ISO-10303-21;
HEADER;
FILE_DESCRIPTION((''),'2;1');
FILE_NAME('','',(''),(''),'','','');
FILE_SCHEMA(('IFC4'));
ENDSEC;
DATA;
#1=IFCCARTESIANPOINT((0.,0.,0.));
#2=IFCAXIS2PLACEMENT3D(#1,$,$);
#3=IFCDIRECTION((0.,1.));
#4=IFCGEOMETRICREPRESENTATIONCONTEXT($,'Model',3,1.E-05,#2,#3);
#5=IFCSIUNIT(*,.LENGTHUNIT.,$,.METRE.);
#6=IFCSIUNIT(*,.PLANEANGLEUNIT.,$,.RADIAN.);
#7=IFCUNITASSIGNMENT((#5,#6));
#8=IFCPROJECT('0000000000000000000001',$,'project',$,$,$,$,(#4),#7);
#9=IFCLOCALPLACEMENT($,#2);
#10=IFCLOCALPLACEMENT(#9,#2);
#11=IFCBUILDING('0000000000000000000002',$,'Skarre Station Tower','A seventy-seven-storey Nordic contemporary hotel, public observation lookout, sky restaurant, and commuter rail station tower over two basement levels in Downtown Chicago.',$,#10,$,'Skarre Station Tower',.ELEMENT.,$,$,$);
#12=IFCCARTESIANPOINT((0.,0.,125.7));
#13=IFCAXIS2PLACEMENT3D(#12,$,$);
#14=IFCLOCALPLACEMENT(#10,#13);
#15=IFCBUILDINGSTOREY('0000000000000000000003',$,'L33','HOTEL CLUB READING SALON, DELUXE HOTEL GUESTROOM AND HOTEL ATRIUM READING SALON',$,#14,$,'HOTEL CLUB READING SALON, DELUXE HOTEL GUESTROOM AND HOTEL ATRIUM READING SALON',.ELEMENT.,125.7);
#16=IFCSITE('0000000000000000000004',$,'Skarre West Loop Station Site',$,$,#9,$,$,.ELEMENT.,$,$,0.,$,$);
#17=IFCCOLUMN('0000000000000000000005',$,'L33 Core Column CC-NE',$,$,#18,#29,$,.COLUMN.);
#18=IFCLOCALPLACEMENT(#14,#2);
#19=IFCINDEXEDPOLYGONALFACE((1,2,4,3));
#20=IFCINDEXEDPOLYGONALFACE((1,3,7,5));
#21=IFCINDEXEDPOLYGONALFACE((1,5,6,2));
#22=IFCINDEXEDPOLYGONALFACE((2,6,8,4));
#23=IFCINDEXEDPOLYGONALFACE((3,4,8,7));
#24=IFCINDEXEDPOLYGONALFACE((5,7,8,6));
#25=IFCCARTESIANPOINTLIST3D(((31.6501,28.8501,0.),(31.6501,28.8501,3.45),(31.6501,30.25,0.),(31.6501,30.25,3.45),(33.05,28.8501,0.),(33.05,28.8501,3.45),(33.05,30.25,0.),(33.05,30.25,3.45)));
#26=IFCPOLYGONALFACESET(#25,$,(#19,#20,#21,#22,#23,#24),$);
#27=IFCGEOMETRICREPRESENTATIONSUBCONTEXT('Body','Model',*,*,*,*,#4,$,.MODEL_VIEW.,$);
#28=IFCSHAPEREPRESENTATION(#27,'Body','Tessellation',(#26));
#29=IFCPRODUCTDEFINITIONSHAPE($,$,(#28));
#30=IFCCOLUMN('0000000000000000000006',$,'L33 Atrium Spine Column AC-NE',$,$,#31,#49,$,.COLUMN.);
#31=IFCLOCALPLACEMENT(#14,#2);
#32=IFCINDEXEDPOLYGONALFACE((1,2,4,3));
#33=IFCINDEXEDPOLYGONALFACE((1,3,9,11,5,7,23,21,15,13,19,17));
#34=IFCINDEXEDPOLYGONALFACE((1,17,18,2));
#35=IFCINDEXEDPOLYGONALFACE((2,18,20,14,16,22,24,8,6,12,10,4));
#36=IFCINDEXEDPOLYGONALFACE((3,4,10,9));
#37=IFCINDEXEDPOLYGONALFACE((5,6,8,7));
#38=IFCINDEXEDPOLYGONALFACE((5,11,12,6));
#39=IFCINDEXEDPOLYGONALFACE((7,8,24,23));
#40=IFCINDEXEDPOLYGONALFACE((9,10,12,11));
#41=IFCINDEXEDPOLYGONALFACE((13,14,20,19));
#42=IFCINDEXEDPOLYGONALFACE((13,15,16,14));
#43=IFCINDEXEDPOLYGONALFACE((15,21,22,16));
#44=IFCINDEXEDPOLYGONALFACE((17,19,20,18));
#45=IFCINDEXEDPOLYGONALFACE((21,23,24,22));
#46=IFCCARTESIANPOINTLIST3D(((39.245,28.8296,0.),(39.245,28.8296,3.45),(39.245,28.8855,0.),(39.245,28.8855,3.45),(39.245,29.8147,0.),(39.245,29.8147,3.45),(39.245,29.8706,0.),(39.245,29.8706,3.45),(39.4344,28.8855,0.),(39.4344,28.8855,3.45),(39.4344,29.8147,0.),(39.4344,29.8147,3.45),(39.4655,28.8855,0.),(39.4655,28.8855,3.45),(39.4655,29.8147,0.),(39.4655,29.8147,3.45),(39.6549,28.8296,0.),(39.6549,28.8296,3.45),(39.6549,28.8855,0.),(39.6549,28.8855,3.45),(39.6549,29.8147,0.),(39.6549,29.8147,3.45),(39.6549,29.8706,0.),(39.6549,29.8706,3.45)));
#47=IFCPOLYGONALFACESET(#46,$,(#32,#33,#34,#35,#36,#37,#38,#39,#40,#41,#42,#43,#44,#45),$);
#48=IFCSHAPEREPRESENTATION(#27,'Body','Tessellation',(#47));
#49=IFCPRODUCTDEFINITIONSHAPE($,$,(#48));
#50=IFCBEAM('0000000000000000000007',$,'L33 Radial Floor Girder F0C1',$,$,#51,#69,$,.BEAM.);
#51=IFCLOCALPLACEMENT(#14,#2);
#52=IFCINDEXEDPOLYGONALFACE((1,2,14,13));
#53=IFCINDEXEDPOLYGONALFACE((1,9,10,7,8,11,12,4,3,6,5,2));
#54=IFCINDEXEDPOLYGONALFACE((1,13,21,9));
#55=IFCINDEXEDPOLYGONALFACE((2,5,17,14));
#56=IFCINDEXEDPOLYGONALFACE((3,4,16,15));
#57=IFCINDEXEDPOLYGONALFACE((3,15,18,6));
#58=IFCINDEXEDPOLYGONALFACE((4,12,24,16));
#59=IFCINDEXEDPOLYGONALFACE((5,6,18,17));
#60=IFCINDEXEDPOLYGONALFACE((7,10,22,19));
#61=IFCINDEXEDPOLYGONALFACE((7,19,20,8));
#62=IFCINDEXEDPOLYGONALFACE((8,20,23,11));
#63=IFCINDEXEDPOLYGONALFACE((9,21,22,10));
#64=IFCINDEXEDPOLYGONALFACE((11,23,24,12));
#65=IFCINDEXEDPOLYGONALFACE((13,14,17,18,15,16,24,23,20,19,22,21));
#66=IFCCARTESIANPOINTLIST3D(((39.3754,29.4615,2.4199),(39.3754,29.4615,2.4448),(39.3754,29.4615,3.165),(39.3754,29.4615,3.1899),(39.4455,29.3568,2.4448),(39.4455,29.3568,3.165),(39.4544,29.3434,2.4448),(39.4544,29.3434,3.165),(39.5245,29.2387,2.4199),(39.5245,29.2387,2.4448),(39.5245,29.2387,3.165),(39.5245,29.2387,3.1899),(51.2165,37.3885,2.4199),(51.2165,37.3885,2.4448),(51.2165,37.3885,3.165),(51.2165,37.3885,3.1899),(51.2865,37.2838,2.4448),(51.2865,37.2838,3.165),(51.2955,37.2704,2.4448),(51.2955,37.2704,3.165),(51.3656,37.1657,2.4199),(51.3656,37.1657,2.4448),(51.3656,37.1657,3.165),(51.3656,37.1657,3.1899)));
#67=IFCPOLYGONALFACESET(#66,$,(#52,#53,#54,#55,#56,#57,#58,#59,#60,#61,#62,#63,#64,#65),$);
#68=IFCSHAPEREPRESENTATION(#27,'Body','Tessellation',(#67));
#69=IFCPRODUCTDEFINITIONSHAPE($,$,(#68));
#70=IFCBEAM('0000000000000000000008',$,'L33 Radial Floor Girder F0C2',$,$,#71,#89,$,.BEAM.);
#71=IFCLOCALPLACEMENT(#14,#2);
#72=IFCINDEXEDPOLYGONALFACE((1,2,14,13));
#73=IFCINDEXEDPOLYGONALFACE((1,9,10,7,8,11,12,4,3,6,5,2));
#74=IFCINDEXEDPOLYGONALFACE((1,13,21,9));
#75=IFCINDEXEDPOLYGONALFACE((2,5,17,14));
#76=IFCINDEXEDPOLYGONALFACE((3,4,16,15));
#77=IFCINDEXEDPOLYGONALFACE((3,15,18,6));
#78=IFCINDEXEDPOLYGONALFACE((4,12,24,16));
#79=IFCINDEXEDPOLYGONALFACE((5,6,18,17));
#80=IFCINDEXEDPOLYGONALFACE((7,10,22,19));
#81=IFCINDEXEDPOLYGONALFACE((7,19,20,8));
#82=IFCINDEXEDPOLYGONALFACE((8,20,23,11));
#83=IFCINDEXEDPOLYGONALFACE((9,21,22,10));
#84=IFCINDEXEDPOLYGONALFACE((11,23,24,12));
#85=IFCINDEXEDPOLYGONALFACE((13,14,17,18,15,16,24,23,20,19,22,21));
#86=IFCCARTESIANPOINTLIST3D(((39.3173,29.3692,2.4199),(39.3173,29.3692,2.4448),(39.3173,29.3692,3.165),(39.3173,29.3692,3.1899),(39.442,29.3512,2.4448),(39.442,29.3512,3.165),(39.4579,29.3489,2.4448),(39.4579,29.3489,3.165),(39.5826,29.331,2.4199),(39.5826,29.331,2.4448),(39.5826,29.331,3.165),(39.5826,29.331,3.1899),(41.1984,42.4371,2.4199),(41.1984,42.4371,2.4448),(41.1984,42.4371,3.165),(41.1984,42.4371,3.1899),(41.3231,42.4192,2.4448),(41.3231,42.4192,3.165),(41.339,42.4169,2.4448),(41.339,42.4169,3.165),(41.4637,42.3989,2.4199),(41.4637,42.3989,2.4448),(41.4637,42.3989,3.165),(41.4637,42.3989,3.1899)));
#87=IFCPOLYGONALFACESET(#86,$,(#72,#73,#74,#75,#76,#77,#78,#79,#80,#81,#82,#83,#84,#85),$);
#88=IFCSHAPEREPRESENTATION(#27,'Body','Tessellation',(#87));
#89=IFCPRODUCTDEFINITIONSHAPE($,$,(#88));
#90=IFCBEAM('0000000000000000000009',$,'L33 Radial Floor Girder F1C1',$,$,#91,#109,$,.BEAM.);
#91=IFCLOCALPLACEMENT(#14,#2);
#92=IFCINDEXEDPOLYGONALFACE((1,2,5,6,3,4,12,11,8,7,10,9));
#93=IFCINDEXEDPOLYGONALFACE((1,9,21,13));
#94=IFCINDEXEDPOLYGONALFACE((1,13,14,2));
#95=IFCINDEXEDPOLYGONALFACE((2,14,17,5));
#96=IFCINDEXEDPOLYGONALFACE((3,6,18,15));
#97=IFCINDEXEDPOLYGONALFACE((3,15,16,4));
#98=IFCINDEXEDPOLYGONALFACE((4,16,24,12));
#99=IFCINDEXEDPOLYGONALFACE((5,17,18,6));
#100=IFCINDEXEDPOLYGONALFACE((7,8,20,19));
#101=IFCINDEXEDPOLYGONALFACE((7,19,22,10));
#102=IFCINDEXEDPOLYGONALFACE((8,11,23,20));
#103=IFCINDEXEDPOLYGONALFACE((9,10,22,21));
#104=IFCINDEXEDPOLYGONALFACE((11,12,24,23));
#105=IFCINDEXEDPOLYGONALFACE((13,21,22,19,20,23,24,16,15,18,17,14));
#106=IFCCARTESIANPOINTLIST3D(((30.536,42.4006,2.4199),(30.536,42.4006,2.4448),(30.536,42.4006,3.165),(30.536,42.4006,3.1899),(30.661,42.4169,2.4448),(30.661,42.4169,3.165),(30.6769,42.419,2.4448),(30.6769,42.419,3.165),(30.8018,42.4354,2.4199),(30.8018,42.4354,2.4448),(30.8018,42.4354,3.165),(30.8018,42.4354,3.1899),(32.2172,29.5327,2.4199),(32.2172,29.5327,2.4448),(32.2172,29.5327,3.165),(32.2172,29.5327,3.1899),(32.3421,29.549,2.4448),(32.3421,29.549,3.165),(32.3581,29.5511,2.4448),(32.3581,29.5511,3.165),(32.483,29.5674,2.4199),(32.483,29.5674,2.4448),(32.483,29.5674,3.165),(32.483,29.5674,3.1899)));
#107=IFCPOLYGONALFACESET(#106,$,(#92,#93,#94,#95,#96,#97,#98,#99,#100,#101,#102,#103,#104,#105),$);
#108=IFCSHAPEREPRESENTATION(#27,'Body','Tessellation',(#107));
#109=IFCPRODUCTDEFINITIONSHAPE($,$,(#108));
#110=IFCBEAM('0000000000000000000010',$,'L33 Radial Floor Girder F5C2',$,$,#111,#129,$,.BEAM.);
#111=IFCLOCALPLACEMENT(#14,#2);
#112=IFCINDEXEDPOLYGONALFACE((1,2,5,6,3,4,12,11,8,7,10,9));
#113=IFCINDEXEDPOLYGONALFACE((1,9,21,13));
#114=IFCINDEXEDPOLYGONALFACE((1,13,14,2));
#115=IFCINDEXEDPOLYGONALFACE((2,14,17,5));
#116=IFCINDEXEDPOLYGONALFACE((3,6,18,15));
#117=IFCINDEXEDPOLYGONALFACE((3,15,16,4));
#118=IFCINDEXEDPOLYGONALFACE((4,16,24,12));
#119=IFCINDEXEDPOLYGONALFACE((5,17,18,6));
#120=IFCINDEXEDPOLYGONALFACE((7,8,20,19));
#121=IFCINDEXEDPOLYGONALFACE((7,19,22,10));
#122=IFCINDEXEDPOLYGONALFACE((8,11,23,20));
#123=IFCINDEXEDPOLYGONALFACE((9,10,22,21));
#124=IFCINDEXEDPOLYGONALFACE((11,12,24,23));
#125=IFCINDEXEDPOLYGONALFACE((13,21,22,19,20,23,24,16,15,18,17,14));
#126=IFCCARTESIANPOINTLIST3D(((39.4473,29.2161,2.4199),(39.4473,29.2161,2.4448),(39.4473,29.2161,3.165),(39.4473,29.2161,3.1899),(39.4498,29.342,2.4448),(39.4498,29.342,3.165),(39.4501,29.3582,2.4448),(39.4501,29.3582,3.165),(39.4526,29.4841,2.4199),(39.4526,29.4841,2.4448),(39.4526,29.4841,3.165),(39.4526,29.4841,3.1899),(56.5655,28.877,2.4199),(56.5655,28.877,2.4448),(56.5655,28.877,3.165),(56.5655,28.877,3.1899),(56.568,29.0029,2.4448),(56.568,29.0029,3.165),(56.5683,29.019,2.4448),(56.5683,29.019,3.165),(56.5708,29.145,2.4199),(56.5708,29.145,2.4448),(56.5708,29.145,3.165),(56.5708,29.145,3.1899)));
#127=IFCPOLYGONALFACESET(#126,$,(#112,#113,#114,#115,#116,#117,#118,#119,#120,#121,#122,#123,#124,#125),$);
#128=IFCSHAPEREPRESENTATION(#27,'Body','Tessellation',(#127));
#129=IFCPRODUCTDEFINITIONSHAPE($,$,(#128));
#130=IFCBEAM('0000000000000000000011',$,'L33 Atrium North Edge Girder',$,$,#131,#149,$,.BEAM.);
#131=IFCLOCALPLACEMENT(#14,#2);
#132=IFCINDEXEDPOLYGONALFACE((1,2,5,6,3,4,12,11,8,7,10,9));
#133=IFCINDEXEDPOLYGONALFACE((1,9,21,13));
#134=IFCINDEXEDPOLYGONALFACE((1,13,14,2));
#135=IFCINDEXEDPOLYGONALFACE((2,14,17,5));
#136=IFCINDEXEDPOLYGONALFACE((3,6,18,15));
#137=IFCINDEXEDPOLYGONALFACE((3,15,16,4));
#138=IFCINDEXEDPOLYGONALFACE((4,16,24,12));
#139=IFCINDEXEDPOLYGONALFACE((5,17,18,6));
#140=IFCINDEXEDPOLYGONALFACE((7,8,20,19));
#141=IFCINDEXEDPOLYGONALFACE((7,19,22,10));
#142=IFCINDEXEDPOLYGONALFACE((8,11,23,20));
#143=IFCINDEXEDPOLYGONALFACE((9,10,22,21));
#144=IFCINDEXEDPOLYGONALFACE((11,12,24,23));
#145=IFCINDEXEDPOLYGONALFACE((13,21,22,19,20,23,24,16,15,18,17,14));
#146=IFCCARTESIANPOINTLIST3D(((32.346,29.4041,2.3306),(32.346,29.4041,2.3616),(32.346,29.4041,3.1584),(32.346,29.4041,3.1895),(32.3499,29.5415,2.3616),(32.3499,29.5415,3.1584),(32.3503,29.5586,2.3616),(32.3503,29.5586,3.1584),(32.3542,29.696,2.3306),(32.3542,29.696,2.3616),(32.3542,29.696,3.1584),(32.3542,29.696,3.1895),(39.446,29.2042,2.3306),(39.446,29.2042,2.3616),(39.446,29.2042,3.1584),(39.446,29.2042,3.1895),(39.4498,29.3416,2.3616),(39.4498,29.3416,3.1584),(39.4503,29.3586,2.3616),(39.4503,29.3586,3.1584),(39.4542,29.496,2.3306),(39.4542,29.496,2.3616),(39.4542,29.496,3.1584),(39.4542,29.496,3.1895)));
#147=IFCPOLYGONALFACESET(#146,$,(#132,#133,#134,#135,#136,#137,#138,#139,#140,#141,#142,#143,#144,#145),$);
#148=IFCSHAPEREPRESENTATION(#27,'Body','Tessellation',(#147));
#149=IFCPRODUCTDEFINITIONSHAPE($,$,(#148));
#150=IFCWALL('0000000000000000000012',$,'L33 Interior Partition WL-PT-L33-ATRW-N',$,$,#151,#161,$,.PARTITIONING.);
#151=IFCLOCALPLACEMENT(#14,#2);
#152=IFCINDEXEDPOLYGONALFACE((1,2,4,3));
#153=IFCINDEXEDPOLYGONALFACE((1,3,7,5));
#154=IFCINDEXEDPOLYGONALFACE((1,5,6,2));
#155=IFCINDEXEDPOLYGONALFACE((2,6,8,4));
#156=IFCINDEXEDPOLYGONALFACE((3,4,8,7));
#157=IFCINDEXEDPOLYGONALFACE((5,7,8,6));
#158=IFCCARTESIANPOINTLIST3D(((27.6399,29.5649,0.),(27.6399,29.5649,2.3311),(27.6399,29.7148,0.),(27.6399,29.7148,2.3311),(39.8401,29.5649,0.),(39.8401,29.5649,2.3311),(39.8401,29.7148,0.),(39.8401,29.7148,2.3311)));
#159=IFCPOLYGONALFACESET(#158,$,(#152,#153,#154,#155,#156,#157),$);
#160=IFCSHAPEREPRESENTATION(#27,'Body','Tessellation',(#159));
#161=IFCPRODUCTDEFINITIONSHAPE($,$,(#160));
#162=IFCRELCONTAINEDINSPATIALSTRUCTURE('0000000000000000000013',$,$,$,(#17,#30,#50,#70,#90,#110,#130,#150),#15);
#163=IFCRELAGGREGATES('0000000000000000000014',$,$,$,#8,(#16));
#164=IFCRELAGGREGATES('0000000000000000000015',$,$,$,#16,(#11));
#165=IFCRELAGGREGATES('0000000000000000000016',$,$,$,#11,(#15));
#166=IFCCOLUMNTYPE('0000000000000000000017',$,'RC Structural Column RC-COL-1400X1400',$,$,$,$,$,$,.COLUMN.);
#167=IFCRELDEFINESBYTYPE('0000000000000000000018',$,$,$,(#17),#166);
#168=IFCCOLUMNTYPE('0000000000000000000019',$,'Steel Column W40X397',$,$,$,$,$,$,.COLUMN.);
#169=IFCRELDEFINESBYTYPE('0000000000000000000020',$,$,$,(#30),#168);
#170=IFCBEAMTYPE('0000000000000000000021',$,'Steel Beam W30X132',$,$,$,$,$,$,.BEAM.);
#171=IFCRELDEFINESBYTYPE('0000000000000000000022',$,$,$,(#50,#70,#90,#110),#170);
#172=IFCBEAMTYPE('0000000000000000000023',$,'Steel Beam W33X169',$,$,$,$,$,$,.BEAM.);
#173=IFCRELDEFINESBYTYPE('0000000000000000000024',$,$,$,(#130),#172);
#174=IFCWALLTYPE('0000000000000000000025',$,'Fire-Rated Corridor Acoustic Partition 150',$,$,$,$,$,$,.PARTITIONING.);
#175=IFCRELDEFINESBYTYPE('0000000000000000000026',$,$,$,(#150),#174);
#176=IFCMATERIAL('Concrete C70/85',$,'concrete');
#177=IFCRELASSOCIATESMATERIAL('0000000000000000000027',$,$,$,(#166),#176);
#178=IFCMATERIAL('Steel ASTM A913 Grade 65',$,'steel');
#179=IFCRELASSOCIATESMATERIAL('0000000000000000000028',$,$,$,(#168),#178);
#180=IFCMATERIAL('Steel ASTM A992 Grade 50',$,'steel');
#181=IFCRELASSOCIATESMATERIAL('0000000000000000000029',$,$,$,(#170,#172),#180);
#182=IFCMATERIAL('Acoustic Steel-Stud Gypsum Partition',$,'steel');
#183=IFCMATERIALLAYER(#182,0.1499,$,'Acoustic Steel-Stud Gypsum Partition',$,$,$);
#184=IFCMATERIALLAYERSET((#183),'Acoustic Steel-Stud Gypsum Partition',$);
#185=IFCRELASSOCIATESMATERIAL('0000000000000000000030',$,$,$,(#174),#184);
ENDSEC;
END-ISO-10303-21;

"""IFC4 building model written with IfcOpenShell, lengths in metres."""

from ifc_helpers import new_model, si_unit, direction, frame, frame_2d, origin, origin_2d, place, context, subcontext, project, spatial, rectangle, i_section, extrude, material, layer, layer_set, material_profile, profile_set, type_object, element, save


model = new_model("IFC4")

# Units and contexts
model_context = context("Model", 3, precision=1e-05, world=origin(), true_north=direction((0.0, 1.0)))
body_context = subcontext(model_context, "Body", "Model", "MODEL_VIEW")
ifc_project = project(units=[si_unit("LENGTHUNIT", "METRE"), si_unit("PLANEANGLEUNIT", "RADIAN")], contexts=[model_context])

# Site, building, storey
site_placement = place(None, origin())
site = spatial("IfcSite", under=ifc_project, at=site_placement, Name="Skarre West Loop Station Site", CompositionType="ELEMENT", RefElevation=0.0)
building_placement = place(site_placement, origin())
building = spatial("IfcBuilding", under=site, at=building_placement, Name="Skarre Station Tower", Description="A seventy-seven-storey Nordic contemporary hotel, public observation lookout, sky restaurant, and commuter rail station tower over two basement levels in Downtown Chicago.", LongName="Skarre Station Tower", CompositionType="ELEMENT")
storey_placement = place(building_placement, frame((0.0, 0.0, 125.7)))
storey = spatial("IfcBuildingStorey", under=building, at=storey_placement, Name="L33", Description="HOTEL CLUB READING SALON, DELUXE HOTEL GUESTROOM AND HOTEL ATRIUM READING SALON", LongName="HOTEL CLUB READING SALON, DELUXE HOTEL GUESTROOM AND HOTEL ATRIUM READING SALON", CompositionType="ELEMENT", Elevation=125.7)

# Columns
ifc_material_1 = material(Name="Concrete C70/85", Category="concrete")
ifc_material_profile_1 = material_profile(ifc_material_1, rectangle(XDim=1.3999, YDim=1.3999, at=origin_2d()), Name="Concrete C70/85")
ifc_profile_set_1 = profile_set([ifc_material_profile_1], Name="Concrete C70/85")
column_type_1 = type_object("IfcColumnType", Name="RC Structural Column RC-COL-1400X1400", PredefinedType="COLUMN", material=ifc_profile_set_1)
column_1_placement = place(storey_placement, frame((32.3501, 29.55, 0.0), z_axis=(0.0, 0.0, 1.0), x_axis=(1.0, 0.0, 0.0)))
element("IfcColumn", 1, at=column_1_placement, inside=storey, type_object=column_type_1, Name="L33 Core Column CC-NE", PredefinedType="COLUMN", context=body_context, shape_type="SweptSolid", body=[
    extrude(rectangle(XDim=1.3999, YDim=1.3999, at=origin_2d()), origin(), (0.0, 0.0, 1.0), 3.45),
])
ifc_material_2 = material(Name="Steel ASTM A913 Grade 65", Category="steel")
ifc_material_profile_2 = material_profile(ifc_material_2, i_section(OverallWidth=0.4099, OverallDepth=1.041, WebThickness=0.031, FlangeThickness=0.0559, at=origin_2d()), Name="Steel ASTM A913 Grade 65")
ifc_profile_set_2 = profile_set([ifc_material_profile_2], Name="Steel ASTM A913 Grade 65")
column_type_2 = type_object("IfcColumnType", Name="Steel Column W40X397", PredefinedType="COLUMN", material=ifc_profile_set_2)
column_2_placement = place(storey_placement, frame((39.45, 29.3501, 0.0), z_axis=(0.0, 0.0, 1.0), x_axis=(1.0, 0.0, 0.0)))
element("IfcColumn", 2, at=column_2_placement, inside=storey, type_object=column_type_2, Name="L33 Atrium Spine Column AC-NE", PredefinedType="COLUMN", context=body_context, shape_type="SweptSolid", body=[
    extrude(i_section(OverallWidth=0.4099, OverallDepth=1.041, WebThickness=0.031, FlangeThickness=0.0559, at=origin_2d()), origin(), (0.0, 0.0, 1.0), 3.45),
])

# Beams
ifc_material_3 = material(Name="Steel ASTM A992 Grade 50", Category="steel")
ifc_material_profile_3 = material_profile(ifc_material_3, i_section(OverallWidth=0.2681, OverallDepth=0.77, WebThickness=0.0161, FlangeThickness=0.0249, at=origin_2d()), Name="Steel ASTM A992 Grade 50")
ifc_profile_set_3 = profile_set([ifc_material_profile_3], Name="Steel ASTM A992 Grade 50")
beam_type_1 = type_object("IfcBeamType", Name="Steel Beam W30X132", PredefinedType="BEAM", material=ifc_profile_set_3)
beam_1_placement = place(storey_placement, frame((39.45, 29.3501, 2.8049), z_axis=(0.830981, 0.5563, 0.0), x_axis=(-0.5563, 0.830981, 0.0)))
element("IfcBeam", 3, at=beam_1_placement, inside=storey, type_object=beam_type_1, Name="L33 Radial Floor Girder F0C1", PredefinedType="BEAM", context=body_context, shape_type="SweptSolid", body=[
    extrude(i_section(OverallWidth=0.2681, OverallDepth=0.77, WebThickness=0.0161, FlangeThickness=0.0249, at=origin_2d()), origin(), (0.0, 0.0, 1.0), 14.2495),
])
beam_2_placement = place(storey_placement, frame((39.45, 29.3501, 2.8049), z_axis=(0.14248, 0.989798, 0.0), x_axis=(-0.989798, 0.14248, 0.0)))
element("IfcBeam", 4, at=beam_2_placement, inside=storey, type_object=beam_type_1, Name="L33 Radial Floor Girder F0C2", PredefinedType="BEAM", context=body_context, shape_type="SweptSolid", body=[
    extrude(i_section(OverallWidth=0.2681, OverallDepth=0.77, WebThickness=0.0161, FlangeThickness=0.0249, at=origin_2d()), origin(), (0.0, 0.0, 1.0), 13.2026),
])
beam_3_placement = place(storey_placement, frame((32.3501, 29.55, 2.8049), z_axis=(-0.129546, 0.991573, 0.0), x_axis=(-0.991573, -0.129546, 0.0)))
element("IfcBeam", 5, at=beam_3_placement, inside=storey, type_object=beam_type_1, Name="L33 Radial Floor Girder F1C1", PredefinedType="BEAM", context=body_context, shape_type="SweptSolid", body=[
    extrude(i_section(OverallWidth=0.2681, OverallDepth=0.77, WebThickness=0.0161, FlangeThickness=0.0249, at=origin_2d()), origin(), (0.0, 0.0, 1.0), 12.9773),
])
beam_4_placement = place(storey_placement, frame((39.45, 29.3501, 2.8049), z_axis=(0.999804, -0.019806, 0.0), x_axis=(0.019806, 0.999804, 0.0)))
element("IfcBeam", 6, at=beam_4_placement, inside=storey, type_object=beam_type_1, Name="L33 Radial Floor Girder F5C2", PredefinedType="BEAM", context=body_context, shape_type="SweptSolid", body=[
    extrude(i_section(OverallWidth=0.2681, OverallDepth=0.77, WebThickness=0.0161, FlangeThickness=0.0249, at=origin_2d()), origin(), (0.0, 0.0, 1.0), 17.1216),
])
ifc_material_profile_4 = material_profile(ifc_material_3, i_section(OverallWidth=0.292, OverallDepth=0.8589, WebThickness=0.0171, FlangeThickness=0.031, at=origin_2d()), Name="Steel ASTM A992 Grade 50")
ifc_profile_set_4 = profile_set([ifc_material_profile_4], Name="Steel ASTM A992 Grade 50")
beam_type_2 = type_object("IfcBeamType", Name="Steel Beam W33X169", PredefinedType="BEAM", material=ifc_profile_set_4)
beam_5_placement = place(storey_placement, frame((32.3501, 29.55, 2.76), z_axis=(0.999604, -0.028152, 0.0), x_axis=(0.028152, 0.999604, 0.0)))
element("IfcBeam", 7, at=beam_5_placement, inside=storey, type_object=beam_type_2, Name="L33 Atrium North Edge Girder", PredefinedType="BEAM", context=body_context, shape_type="SweptSolid", body=[
    extrude(i_section(OverallWidth=0.292, OverallDepth=0.8589, WebThickness=0.0171, FlangeThickness=0.031, at=origin_2d()), origin(), (0.0, 0.0, 1.0), 7.1028),
])

# Wall
ifc_material_4 = material(Name="Acoustic Steel-Stud Gypsum Partition", Category="steel")
ifc_layer_1 = layer(ifc_material_4, 0.1499, Name="Acoustic Steel-Stud Gypsum Partition")
ifc_layer_set_1 = layer_set([ifc_layer_1], Name="Acoustic Steel-Stud Gypsum Partition")
wall_type_1 = type_object("IfcWallType", Name="Fire-Rated Corridor Acoustic Partition 150", PredefinedType="PARTITIONING", material=ifc_layer_set_1)
wall_1_placement = place(storey_placement, frame((39.8401, 29.6399, 0.0), z_axis=(0.0, 0.0, 1.0), x_axis=(-1.0, 0.0, 0.0)))
element("IfcWall", 8, at=wall_1_placement, inside=storey, type_object=wall_type_1, Name="L33 Interior Partition WL-PT-L33-ATRW-N", PredefinedType="PARTITIONING", context=body_context, shape_type="SweptSolid", body=[
    extrude(rectangle(XDim=12.2002, YDim=0.1499, at=frame_2d((6.1001, 0.0))), origin(), (0.0, 0.0, 1.0), 2.3311),
])

save(model, "model.ifc")
